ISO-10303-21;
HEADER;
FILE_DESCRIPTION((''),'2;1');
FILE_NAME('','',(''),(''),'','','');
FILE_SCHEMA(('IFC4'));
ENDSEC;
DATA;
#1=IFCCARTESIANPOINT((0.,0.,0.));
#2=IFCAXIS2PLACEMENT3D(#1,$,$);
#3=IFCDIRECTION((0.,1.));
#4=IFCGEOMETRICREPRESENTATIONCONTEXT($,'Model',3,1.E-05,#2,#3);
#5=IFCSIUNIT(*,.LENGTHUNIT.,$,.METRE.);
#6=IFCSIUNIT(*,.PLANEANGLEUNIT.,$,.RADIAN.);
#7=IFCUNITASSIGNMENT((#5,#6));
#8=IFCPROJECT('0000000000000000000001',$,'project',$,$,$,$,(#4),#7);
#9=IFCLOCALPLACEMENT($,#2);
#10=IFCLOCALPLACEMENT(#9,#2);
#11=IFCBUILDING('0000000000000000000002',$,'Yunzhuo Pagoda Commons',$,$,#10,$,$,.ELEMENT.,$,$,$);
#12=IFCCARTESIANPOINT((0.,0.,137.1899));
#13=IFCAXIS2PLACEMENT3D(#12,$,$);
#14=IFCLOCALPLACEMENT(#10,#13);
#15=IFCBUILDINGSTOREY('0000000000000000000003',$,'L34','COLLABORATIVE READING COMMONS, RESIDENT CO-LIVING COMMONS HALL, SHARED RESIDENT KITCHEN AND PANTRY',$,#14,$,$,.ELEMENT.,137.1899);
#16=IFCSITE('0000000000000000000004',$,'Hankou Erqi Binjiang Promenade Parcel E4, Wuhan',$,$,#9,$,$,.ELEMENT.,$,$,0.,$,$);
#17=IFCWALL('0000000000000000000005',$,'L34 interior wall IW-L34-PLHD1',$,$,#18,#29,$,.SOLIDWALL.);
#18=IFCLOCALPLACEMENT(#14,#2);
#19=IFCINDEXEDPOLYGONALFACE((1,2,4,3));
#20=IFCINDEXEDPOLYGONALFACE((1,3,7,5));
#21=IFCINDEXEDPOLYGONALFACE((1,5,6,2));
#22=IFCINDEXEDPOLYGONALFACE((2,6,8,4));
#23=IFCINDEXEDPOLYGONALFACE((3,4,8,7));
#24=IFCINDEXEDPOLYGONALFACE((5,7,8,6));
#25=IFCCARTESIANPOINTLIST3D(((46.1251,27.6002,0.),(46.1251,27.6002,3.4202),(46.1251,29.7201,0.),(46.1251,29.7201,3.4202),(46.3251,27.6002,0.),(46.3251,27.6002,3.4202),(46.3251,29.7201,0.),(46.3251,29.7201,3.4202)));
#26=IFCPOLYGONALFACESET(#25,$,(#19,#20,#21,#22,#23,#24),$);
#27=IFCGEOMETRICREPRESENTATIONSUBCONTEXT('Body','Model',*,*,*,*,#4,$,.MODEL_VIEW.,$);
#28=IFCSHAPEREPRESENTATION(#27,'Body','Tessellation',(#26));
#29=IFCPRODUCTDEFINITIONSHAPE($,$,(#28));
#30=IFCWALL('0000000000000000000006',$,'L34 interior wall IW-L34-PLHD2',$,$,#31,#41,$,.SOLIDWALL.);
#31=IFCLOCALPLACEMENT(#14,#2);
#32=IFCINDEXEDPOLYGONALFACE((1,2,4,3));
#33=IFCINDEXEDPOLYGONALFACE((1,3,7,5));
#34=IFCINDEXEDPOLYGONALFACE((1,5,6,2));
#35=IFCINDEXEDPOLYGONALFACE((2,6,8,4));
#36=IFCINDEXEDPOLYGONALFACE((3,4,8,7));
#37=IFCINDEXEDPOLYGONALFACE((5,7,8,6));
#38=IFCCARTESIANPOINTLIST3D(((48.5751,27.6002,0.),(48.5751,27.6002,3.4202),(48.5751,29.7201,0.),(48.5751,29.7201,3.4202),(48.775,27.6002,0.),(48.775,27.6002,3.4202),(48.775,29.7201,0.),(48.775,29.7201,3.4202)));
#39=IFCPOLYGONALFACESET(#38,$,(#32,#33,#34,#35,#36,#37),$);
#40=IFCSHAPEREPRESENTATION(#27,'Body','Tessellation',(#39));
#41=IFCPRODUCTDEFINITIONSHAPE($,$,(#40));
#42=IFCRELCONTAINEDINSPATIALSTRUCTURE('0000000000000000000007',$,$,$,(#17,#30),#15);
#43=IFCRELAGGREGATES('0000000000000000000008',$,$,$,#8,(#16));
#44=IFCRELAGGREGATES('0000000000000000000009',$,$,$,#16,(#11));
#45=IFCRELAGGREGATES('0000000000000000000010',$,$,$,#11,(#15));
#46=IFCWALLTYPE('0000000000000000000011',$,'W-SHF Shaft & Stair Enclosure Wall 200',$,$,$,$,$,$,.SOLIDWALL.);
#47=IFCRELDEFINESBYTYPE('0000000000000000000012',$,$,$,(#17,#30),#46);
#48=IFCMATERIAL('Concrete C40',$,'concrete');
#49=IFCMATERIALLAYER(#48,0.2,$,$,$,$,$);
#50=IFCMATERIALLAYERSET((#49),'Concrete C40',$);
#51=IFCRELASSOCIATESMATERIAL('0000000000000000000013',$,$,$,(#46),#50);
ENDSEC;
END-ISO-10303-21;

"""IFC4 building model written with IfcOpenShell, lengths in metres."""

from ifc_helpers import new_model, si_unit, direction, frame, frame_2d, origin, place, context, subcontext, project, spatial, rectangle, extrude, material, layer, layer_set, type_object, element, save


model = new_model("IFC4")

# Units and contexts
model_context = context("Model", 3, precision=1e-05, world=origin(), true_north=direction((0.0, 1.0)))
body_context = subcontext(model_context, "Body", "Model", "MODEL_VIEW")
ifc_project = project(units=[si_unit("LENGTHUNIT", "METRE"), si_unit("PLANEANGLEUNIT", "RADIAN")], contexts=[model_context])

# Site, building, storey
site_placement = place(None, origin())
site = spatial("IfcSite", under=ifc_project, at=site_placement, Name="Hankou Erqi Binjiang Promenade Parcel E4, Wuhan", CompositionType="ELEMENT", RefElevation=0.0)
building_placement = place(site_placement, origin())
building = spatial("IfcBuilding", under=site, at=building_placement, Name="Yunzhuo Pagoda Commons", CompositionType="ELEMENT")
storey_placement = place(building_placement, frame((0.0, 0.0, 137.1899)))
storey = spatial("IfcBuildingStorey", under=building, at=storey_placement, Name="L34", Description="COLLABORATIVE READING COMMONS, RESIDENT CO-LIVING COMMONS HALL, SHARED RESIDENT KITCHEN AND PANTRY", CompositionType="ELEMENT", Elevation=137.1899)

# Shared definitions
ifc_material_1 = material(Name="Concrete C40", Category="concrete")
ifc_layer_1 = layer(ifc_material_1, 0.2)
ifc_layer_set_1 = layer_set([ifc_layer_1], Name="Concrete C40")
wall_type_1 = type_object("IfcWallType", Name="W-SHF Shaft & Stair Enclosure Wall 200", PredefinedType="SOLIDWALL", material=ifc_layer_set_1)

# Walls
for number, where, z_axis, x_axis, name in (
    (1, (46.2251, 27.6001, 0.0), (0.0, 0.0, 1.0), (0.0, 1.0, 0.0), "L34 interior wall IW-L34-PLHD1"),
    (2, (48.675, 27.6001, 0.0), (0.0, 0.0, 1.0), (0.0, 1.0, 0.0), "L34 interior wall IW-L34-PLHD2"),
):
    element("IfcWall", number, at=place(storey_placement, frame(where, z_axis=z_axis, x_axis=x_axis)), inside=storey, type_object=wall_type_1, Name=name, PredefinedType="SOLIDWALL", context=body_context, shape_type="SweptSolid", body=[
        extrude(rectangle(XDim=2.1199, YDim=0.2, at=frame_2d((1.0601, 0.0))), origin(), (0.0, 0.0, 1.0), 3.4202),
    ])

save(model, "model.ifc")
